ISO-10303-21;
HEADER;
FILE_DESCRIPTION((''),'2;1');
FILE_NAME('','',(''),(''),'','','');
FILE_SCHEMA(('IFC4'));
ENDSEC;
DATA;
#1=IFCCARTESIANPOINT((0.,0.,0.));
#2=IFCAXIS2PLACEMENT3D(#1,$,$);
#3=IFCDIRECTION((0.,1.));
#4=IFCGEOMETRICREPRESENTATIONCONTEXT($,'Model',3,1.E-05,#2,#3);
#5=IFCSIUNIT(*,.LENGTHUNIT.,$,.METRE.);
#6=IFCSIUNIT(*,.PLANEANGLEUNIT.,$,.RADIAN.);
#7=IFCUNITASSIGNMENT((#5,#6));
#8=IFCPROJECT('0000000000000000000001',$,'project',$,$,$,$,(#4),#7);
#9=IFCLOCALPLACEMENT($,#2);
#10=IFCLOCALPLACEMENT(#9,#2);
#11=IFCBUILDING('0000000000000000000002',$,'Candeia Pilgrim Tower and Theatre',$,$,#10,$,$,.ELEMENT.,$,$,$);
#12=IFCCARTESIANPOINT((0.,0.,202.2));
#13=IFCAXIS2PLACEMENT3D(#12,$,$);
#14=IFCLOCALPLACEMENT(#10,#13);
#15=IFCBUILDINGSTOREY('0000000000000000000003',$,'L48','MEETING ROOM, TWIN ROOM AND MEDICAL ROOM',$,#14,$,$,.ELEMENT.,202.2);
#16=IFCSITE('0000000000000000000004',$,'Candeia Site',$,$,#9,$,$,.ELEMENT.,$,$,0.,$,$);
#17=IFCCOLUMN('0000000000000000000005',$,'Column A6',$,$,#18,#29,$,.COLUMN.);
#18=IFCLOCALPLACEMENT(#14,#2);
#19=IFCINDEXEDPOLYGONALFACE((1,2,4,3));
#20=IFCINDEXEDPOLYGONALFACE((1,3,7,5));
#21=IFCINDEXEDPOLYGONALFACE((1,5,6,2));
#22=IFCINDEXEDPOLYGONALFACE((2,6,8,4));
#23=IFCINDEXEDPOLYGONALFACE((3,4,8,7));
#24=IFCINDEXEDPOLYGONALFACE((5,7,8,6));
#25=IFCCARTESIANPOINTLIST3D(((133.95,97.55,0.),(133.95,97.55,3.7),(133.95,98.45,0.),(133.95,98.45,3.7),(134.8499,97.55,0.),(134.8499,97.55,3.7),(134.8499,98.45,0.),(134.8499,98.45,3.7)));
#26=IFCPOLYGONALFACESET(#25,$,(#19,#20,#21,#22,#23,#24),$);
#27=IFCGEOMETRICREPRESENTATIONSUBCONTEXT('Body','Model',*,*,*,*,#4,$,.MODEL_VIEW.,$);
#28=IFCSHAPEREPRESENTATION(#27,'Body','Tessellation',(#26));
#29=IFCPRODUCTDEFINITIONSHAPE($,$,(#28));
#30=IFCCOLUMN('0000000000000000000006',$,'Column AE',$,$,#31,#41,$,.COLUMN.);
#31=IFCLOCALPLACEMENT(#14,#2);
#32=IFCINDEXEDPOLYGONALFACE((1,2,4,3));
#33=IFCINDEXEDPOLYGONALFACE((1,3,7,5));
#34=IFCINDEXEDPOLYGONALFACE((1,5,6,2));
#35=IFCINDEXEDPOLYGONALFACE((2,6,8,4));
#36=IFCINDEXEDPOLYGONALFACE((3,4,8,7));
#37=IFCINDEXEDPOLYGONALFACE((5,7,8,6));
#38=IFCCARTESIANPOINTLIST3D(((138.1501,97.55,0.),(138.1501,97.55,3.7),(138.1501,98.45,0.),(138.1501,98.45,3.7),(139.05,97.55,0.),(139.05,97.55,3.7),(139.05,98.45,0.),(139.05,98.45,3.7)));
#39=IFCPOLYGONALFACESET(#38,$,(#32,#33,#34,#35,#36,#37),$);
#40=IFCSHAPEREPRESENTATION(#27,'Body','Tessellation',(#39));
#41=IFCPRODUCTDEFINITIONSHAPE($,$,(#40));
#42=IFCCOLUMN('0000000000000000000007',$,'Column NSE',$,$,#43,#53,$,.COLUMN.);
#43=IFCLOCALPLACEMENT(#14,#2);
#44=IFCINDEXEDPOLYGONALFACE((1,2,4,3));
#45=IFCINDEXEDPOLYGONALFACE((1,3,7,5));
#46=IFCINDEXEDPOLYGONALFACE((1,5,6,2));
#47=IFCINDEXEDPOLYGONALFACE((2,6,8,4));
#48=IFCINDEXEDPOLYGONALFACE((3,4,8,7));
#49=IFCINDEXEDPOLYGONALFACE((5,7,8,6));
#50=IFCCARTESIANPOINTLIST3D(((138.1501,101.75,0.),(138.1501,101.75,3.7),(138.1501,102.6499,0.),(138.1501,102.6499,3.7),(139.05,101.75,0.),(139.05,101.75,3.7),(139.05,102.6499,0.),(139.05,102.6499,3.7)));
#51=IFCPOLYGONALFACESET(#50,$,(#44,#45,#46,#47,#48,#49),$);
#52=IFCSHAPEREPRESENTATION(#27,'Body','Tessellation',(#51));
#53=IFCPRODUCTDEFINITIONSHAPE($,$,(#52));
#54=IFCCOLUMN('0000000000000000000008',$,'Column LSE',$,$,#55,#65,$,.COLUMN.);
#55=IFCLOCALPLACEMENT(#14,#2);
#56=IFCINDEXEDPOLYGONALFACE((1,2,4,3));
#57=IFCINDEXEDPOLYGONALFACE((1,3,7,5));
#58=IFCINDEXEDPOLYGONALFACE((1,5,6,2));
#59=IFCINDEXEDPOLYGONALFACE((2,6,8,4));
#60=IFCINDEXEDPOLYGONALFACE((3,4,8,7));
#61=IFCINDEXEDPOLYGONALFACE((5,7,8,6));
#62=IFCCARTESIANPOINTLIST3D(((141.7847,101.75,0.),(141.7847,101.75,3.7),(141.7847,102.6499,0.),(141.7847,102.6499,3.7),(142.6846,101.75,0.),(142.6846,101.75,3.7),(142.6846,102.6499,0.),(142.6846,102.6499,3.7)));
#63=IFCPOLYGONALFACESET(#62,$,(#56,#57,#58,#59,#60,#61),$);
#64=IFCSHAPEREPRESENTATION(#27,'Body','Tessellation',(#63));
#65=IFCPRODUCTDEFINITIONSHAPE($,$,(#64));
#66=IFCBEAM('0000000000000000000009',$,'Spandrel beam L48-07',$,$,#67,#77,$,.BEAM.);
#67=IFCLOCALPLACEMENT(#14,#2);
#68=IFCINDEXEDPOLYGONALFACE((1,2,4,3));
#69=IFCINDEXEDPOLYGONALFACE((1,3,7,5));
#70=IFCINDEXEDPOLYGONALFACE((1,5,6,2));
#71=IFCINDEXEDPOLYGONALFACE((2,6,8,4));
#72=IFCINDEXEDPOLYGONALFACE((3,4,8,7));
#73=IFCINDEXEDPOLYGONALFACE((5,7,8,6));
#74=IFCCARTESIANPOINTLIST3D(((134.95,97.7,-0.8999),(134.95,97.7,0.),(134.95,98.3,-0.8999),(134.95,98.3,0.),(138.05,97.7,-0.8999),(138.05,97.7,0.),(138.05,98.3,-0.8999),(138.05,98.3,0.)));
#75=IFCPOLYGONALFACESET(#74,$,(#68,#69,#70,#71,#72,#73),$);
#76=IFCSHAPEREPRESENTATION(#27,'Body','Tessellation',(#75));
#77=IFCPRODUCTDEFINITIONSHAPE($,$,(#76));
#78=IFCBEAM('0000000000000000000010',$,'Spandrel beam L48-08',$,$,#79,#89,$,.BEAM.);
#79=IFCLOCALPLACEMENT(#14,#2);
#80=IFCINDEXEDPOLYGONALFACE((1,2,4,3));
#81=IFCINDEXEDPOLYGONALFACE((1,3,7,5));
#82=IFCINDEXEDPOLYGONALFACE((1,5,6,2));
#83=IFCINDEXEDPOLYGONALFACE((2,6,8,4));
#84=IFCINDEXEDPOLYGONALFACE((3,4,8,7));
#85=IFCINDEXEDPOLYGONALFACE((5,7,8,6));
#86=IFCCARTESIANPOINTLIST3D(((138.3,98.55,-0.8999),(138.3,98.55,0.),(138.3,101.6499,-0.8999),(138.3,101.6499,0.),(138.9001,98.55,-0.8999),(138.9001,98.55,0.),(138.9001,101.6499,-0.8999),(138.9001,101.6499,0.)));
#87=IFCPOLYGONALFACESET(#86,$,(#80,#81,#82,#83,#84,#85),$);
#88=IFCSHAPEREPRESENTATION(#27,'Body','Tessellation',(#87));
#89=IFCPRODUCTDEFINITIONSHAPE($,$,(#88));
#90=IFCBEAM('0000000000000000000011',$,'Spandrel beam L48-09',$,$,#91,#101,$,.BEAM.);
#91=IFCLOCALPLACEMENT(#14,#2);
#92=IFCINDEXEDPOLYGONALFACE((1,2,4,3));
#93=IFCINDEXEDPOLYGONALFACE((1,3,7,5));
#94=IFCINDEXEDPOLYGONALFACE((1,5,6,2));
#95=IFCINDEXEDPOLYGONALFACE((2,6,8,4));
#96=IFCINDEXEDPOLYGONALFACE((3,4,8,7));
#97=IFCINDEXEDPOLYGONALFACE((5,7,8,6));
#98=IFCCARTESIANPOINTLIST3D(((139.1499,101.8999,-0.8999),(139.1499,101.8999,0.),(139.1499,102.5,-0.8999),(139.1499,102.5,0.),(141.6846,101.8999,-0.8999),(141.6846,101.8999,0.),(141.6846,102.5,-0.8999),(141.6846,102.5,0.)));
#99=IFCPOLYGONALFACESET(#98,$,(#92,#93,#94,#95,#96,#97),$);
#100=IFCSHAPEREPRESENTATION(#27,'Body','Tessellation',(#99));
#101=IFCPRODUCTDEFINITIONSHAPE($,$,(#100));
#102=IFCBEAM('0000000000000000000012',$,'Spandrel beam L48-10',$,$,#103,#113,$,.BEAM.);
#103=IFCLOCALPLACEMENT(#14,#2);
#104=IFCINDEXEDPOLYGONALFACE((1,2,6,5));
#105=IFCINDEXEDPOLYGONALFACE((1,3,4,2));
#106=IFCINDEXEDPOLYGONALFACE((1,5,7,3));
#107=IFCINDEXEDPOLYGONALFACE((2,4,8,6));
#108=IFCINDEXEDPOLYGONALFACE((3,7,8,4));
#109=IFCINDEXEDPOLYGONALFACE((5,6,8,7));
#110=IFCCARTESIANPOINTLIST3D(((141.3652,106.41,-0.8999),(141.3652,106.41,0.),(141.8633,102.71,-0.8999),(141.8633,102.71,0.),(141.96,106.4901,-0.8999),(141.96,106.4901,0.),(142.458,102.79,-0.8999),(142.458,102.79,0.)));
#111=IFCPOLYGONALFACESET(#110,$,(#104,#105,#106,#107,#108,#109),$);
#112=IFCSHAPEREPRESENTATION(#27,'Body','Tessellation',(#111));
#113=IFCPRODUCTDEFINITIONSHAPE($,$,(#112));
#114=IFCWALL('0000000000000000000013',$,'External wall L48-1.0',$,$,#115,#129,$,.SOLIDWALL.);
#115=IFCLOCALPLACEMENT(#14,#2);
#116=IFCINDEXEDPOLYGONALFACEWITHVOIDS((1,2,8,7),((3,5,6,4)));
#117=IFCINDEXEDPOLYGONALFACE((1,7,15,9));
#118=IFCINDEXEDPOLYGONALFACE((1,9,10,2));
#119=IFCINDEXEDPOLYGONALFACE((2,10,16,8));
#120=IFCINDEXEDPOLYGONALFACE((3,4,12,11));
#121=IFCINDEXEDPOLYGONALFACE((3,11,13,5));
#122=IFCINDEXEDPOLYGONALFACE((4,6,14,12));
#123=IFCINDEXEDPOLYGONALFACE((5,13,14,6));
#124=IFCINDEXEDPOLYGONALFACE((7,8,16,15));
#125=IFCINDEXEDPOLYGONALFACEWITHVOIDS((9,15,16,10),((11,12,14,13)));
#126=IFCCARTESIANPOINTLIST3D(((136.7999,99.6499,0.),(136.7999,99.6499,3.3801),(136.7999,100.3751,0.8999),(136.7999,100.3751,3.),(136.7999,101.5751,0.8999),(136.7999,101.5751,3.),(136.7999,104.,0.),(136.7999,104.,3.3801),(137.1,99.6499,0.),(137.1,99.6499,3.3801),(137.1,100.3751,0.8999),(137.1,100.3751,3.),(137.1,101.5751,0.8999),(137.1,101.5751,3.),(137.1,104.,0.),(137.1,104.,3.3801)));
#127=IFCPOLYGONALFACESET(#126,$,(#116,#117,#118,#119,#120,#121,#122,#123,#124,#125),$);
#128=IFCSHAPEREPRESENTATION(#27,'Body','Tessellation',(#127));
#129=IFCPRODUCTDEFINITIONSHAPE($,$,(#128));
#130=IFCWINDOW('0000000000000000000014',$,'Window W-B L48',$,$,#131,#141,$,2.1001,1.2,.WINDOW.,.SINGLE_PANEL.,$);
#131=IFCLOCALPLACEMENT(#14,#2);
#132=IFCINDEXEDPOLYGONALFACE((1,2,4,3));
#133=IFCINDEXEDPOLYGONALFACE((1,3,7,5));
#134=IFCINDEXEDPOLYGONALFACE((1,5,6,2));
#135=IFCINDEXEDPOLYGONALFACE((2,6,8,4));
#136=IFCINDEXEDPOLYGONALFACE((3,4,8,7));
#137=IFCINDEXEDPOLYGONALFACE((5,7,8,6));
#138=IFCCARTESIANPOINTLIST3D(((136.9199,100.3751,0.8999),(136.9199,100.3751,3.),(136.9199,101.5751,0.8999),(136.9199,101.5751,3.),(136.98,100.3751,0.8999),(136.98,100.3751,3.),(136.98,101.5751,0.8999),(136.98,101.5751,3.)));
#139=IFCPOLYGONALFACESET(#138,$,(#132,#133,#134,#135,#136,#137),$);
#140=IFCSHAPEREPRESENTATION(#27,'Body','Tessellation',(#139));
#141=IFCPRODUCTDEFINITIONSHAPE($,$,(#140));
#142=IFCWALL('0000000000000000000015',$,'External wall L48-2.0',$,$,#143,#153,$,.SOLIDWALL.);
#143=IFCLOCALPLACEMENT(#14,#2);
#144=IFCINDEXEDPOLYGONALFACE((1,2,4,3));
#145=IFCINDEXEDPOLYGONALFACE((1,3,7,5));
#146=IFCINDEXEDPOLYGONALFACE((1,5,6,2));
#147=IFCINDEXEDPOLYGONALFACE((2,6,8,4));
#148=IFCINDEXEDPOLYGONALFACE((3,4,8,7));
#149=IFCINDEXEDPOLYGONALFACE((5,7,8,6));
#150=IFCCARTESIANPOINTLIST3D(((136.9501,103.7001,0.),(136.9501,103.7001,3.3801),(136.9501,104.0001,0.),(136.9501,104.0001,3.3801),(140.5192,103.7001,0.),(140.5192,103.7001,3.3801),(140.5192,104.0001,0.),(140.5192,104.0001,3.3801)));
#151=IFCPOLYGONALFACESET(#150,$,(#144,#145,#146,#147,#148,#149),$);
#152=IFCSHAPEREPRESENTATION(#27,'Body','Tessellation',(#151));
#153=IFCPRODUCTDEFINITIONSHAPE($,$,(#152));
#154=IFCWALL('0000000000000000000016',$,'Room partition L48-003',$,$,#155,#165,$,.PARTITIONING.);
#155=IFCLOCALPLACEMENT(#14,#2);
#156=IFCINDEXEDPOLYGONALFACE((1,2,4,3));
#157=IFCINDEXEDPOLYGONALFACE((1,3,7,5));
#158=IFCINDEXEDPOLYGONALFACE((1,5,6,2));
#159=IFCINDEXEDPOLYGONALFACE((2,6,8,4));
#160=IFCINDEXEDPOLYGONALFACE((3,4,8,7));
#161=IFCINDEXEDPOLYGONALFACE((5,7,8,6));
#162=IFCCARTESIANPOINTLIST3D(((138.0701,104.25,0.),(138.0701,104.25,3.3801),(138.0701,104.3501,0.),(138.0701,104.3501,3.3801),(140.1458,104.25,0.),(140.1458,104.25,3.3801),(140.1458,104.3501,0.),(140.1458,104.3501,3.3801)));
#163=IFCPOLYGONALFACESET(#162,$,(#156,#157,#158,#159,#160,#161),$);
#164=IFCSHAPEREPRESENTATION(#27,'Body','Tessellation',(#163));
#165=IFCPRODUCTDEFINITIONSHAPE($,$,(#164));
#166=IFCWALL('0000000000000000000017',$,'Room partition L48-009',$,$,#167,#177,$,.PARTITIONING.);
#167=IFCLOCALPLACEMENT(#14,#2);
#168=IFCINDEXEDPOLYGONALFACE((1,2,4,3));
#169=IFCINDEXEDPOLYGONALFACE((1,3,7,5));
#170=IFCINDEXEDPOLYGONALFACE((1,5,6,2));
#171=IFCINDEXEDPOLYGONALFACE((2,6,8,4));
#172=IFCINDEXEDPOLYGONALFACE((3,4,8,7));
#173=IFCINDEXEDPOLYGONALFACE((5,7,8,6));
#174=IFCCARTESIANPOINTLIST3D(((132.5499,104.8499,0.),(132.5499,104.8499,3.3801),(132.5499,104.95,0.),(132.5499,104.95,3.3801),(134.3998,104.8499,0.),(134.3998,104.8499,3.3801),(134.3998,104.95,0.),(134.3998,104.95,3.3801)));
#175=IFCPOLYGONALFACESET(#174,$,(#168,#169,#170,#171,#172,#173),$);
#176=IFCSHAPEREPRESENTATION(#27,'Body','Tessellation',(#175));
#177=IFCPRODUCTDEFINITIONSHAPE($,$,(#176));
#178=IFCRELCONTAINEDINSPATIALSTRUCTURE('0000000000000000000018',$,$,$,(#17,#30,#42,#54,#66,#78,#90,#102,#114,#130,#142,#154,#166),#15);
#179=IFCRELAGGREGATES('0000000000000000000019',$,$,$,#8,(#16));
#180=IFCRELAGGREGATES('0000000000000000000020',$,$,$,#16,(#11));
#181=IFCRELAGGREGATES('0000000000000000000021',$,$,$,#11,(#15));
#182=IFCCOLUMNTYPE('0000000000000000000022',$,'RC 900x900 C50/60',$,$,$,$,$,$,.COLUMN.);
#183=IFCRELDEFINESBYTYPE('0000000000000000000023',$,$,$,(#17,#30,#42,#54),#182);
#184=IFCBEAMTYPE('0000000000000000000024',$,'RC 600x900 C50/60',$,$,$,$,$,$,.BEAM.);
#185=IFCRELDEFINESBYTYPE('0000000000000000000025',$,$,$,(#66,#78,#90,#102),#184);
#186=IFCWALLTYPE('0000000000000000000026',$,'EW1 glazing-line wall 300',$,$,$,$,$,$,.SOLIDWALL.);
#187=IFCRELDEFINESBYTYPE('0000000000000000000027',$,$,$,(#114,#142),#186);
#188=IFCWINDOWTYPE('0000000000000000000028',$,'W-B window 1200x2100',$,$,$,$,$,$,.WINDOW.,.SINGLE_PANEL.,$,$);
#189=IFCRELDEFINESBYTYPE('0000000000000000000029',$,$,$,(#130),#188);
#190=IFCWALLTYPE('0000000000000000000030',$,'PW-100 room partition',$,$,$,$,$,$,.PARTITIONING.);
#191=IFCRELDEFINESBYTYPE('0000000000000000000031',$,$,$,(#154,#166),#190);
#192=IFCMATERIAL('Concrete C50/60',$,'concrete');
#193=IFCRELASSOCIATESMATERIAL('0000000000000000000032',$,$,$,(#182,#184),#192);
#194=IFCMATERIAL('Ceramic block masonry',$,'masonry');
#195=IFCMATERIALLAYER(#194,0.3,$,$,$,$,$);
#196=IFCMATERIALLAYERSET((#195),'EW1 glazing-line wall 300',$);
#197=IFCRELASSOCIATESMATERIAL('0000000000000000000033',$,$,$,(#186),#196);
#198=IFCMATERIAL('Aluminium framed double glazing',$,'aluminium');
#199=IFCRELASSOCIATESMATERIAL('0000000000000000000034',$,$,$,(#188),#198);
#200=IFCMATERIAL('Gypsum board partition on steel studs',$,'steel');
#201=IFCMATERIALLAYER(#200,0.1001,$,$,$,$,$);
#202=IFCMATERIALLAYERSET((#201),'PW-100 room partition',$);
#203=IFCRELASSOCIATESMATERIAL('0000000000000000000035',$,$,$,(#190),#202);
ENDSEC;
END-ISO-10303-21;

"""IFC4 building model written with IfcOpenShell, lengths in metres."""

from ifc_helpers import new_model, si_unit, direction, frame, frame_2d, origin, origin_2d, place, context, subcontext, project, spatial, rectangle, extrude, material, layer, layer_set, material_profile, profile_set, type_object, element, fill, save


model = new_model("IFC4")

# Units and contexts
model_context = context("Model", 3, precision=1e-05, world=origin(), true_north=direction((0.0, 1.0)))
body_context = subcontext(model_context, "Body", "Model", "MODEL_VIEW")
ifc_project = project(units=[si_unit("LENGTHUNIT", "METRE"), si_unit("PLANEANGLEUNIT", "RADIAN")], contexts=[model_context])

# Site, building, storey
site_placement = place(None, origin())
site = spatial("IfcSite", under=ifc_project, at=site_placement, Name="Candeia Site", CompositionType="ELEMENT", RefElevation=0.0)
building_placement = place(site_placement, origin())
building = spatial("IfcBuilding", under=site, at=building_placement, Name="Candeia Pilgrim Tower and Theatre", CompositionType="ELEMENT")
storey_placement = place(building_placement, frame((0.0, 0.0, 202.2)))
storey = spatial("IfcBuildingStorey", under=building, at=storey_placement, Name="L48", Description="MEETING ROOM, TWIN ROOM AND MEDICAL ROOM", CompositionType="ELEMENT", Elevation=202.2)

# Columns
ifc_material_1 = material(Name="Concrete C50/60", Category="concrete")
ifc_material_profile_1 = material_profile(ifc_material_1, rectangle(XDim=0.8999, YDim=0.8999, at=origin_2d()))
ifc_profile_set_1 = profile_set([ifc_material_profile_1], Name="Concrete C50/60")
column_type = type_object("IfcColumnType", Name="RC 900x900 C50/60", PredefinedType="COLUMN", material=ifc_profile_set_1)
for number, where, z_axis, x_axis, name in (
    (1, (134.3999, 98.0, 0.0), (0.0, 0.0, 1.0), (1.0, 0.0, 0.0), "Column A6"),
    (2, (138.6001, 98.0, 0.0), (0.0, 0.0, 1.0), (1.0, 0.0, 0.0), "Column AE"),
    (3, (138.6001, 102.2, 0.0), (0.0, 0.0, 1.0), (1.0, 0.0, 0.0), "Column NSE"),
    (4, (142.2346, 102.2, 0.0), (0.0, 0.0, 1.0), (1.0, 0.0, 0.0), "Column LSE"),
):
    element("IfcColumn", number, at=place(storey_placement, frame(where, z_axis=z_axis, x_axis=x_axis)), inside=storey, type_object=column_type, Name=name, PredefinedType="COLUMN", context=body_context, shape_type="SweptSolid", body=[
        extrude(rectangle(XDim=0.8999, YDim=0.8999, at=origin_2d()), origin(), (0.0, 0.0, 1.0), 3.7),
    ])

# Beams
ifc_material_profile_2 = material_profile(ifc_material_1, rectangle(XDim=0.6001, YDim=0.8999, at=origin_2d()))
ifc_profile_set_2 = profile_set([ifc_material_profile_2], Name="Concrete C50/60")
beam_type = type_object("IfcBeamType", Name="RC 600x900 C50/60", PredefinedType="BEAM", material=ifc_profile_set_2)
beam_1_placement = place(storey_placement, frame((134.95, 98.0, -0.45), z_axis=(1.0, 0.0, 0.0), x_axis=(0.0, 1.0, 0.0)))
element("IfcBeam", 5, at=beam_1_placement, inside=storey, type_object=beam_type, Name="Spandrel beam L48-07", PredefinedType="BEAM", context=body_context, shape_type="SweptSolid", body=[
    extrude(rectangle(XDim=0.6001, YDim=0.8999, at=origin_2d()), origin(), (0.0, 0.0, 1.0), 3.1001),
])
beam_2_placement = place(storey_placement, frame((138.6001, 98.55, -0.45), z_axis=(0.0, 1.0, 0.0), x_axis=(-1.0, 0.0, 0.0)))
element("IfcBeam", 6, at=beam_2_placement, inside=storey, type_object=beam_type, Name="Spandrel beam L48-08", PredefinedType="BEAM", context=body_context, shape_type="SweptSolid", body=[
    extrude(rectangle(XDim=0.6001, YDim=0.8999, at=origin_2d()), origin(), (0.0, 0.0, 1.0), 3.0999),
])
beam_3_placement = place(storey_placement, frame((139.1499, 102.2, -0.45), z_axis=(1.0, 0.0, 0.0), x_axis=(0.0, 1.0, 0.0)))
element("IfcBeam", 7, at=beam_3_placement, inside=storey, type_object=beam_type, Name="Spandrel beam L48-09", PredefinedType="BEAM", context=body_context, shape_type="SweptSolid", body=[
    extrude(rectangle(XDim=0.6001, YDim=0.8999, at=origin_2d()), origin(), (0.0, 0.0, 1.0), 2.5347),
])
beam_4_placement = place(storey_placement, frame((142.1606, 102.75, -0.45), z_axis=(-0.133406, 0.991061, 0.0), x_axis=(-0.991061, -0.133406, 0.0)))
element("IfcBeam", 8, at=beam_4_placement, inside=storey, type_object=beam_type, Name="Spandrel beam L48-10", PredefinedType="BEAM", context=body_context, shape_type="SweptSolid", body=[
    extrude(rectangle(XDim=0.6001, YDim=0.8999, at=origin_2d()), origin(), (0.0, 0.0, 1.0), 3.7334),
])

# Wall, opening, window
ifc_material_2 = material(Name="Ceramic block masonry", Category="masonry")
ifc_layer_1 = layer(ifc_material_2, 0.3)
ifc_layer_set_1 = layer_set([ifc_layer_1], Name="EW1 glazing-line wall 300")
wall_type_1 = type_object("IfcWallType", Name="EW1 glazing-line wall 300", PredefinedType="SOLIDWALL", material=ifc_layer_set_1)
wall_1_placement = place(storey_placement, frame((136.95, 99.6499, 0.0), z_axis=(0.0, 0.0, 1.0), x_axis=(0.0, 1.0, 0.0)))
wall_1 = element("IfcWall", 9, at=wall_1_placement, inside=storey, type_object=wall_type_1, Name="External wall L48-1.0", PredefinedType="SOLIDWALL", context=body_context, shape_type="SweptSolid", body=[
    extrude(rectangle(XDim=4.3501, YDim=0.3, at=frame_2d((2.175, 0.0))), origin(), (0.0, 0.0, 1.0), 3.3801),
])
opening_1_placement = place(wall_1_placement, frame((0.7251, 0.0, 0.8999)))
opening_1 = element("IfcOpeningElement", 10, at=opening_1_placement, cuts=wall_1, PredefinedType="OPENING", context=body_context, shape_type="SweptSolid", body=[
    extrude(rectangle(XDim=1.2, YDim=2.1001, at=frame_2d((0.6001, 1.05))), frame((0.0, 0.1602, 0.0), z_axis=(0.0, -1.0, 0.0), x_axis=(1.0, 0.0, 0.0)), (0.0, 0.0, 1.0), 0.3201),
])
ifc_material_3 = material(Name="Aluminium framed double glazing", Category="aluminium")
window_type = type_object("IfcWindowType", Name="W-B window 1200x2100", PartitioningType="SINGLE_PANEL", PredefinedType="WINDOW", material=ifc_material_3)
window_1_placement = place(opening_1_placement, origin())
window_1 = element("IfcWindow", 11, at=window_1_placement, inside=storey, type_object=window_type, Name="Window W-B L48", OverallHeight=2.1001, OverallWidth=1.2, PartitioningType="SINGLE_PANEL", PredefinedType="WINDOW", context=body_context, shape_type="SweptSolid", body=[
    extrude(rectangle(XDim=1.2, YDim=2.1001, at=frame_2d((0.6001, 1.05))), frame((0.0, 0.03, 0.0), z_axis=(0.0, -1.0, 0.0), x_axis=(1.0, 0.0, 0.0)), (0.0, 0.0, 1.0), 0.0601),
])
fill(opening_1, window_1)

# Wall
wall_2_placement = place(storey_placement, frame((136.95, 103.8501, 0.0), z_axis=(0.0, 0.0, 1.0), x_axis=(1.0, 0.0, 0.0)))
element("IfcWall", 12, at=wall_2_placement, inside=storey, type_object=wall_type_1, Name="External wall L48-2.0", PredefinedType="SOLIDWALL", context=body_context, shape_type="SweptSolid", body=[
    extrude(rectangle(XDim=3.5691, YDim=0.3, at=frame_2d((1.7847, 0.0))), origin(), (0.0, 0.0, 1.0), 3.3801),
])

# Walls
ifc_material_4 = material(Name="Gypsum board partition on steel studs", Category="steel")
ifc_layer_2 = layer(ifc_material_4, 0.1001)
ifc_layer_set_2 = layer_set([ifc_layer_2], Name="PW-100 room partition")
wall_type_2 = type_object("IfcWallType", Name="PW-100 room partition", PredefinedType="PARTITIONING", material=ifc_layer_set_2)
wall_3_placement = place(storey_placement, frame((138.0701, 104.3, 0.0), z_axis=(0.0, 0.0, 1.0), x_axis=(1.0, 0.0, 0.0)))
element("IfcWall", 13, at=wall_3_placement, inside=storey, type_object=wall_type_2, Name="Room partition L48-003", PredefinedType="PARTITIONING", context=body_context, shape_type="SweptSolid", body=[
    extrude(rectangle(XDim=2.0757, YDim=0.1001, at=frame_2d((1.0378, 0.0))), origin(), (0.0, 0.0, 1.0), 3.3801),
])
wall_4_placement = place(storey_placement, frame((132.55, 104.8999, 0.0), z_axis=(0.0, 0.0, 1.0), x_axis=(1.0, 0.0, 0.0)))
element("IfcWall", 14, at=wall_4_placement, inside=storey, type_object=wall_type_2, Name="Room partition L48-009", PredefinedType="PARTITIONING", context=body_context, shape_type="SweptSolid", body=[
    extrude(rectangle(XDim=1.8499, YDim=0.1001, at=frame_2d((0.9248, 0.0))), origin(), (0.0, 0.0, 1.0), 3.3801),
])

save(model, "model.ifc")
